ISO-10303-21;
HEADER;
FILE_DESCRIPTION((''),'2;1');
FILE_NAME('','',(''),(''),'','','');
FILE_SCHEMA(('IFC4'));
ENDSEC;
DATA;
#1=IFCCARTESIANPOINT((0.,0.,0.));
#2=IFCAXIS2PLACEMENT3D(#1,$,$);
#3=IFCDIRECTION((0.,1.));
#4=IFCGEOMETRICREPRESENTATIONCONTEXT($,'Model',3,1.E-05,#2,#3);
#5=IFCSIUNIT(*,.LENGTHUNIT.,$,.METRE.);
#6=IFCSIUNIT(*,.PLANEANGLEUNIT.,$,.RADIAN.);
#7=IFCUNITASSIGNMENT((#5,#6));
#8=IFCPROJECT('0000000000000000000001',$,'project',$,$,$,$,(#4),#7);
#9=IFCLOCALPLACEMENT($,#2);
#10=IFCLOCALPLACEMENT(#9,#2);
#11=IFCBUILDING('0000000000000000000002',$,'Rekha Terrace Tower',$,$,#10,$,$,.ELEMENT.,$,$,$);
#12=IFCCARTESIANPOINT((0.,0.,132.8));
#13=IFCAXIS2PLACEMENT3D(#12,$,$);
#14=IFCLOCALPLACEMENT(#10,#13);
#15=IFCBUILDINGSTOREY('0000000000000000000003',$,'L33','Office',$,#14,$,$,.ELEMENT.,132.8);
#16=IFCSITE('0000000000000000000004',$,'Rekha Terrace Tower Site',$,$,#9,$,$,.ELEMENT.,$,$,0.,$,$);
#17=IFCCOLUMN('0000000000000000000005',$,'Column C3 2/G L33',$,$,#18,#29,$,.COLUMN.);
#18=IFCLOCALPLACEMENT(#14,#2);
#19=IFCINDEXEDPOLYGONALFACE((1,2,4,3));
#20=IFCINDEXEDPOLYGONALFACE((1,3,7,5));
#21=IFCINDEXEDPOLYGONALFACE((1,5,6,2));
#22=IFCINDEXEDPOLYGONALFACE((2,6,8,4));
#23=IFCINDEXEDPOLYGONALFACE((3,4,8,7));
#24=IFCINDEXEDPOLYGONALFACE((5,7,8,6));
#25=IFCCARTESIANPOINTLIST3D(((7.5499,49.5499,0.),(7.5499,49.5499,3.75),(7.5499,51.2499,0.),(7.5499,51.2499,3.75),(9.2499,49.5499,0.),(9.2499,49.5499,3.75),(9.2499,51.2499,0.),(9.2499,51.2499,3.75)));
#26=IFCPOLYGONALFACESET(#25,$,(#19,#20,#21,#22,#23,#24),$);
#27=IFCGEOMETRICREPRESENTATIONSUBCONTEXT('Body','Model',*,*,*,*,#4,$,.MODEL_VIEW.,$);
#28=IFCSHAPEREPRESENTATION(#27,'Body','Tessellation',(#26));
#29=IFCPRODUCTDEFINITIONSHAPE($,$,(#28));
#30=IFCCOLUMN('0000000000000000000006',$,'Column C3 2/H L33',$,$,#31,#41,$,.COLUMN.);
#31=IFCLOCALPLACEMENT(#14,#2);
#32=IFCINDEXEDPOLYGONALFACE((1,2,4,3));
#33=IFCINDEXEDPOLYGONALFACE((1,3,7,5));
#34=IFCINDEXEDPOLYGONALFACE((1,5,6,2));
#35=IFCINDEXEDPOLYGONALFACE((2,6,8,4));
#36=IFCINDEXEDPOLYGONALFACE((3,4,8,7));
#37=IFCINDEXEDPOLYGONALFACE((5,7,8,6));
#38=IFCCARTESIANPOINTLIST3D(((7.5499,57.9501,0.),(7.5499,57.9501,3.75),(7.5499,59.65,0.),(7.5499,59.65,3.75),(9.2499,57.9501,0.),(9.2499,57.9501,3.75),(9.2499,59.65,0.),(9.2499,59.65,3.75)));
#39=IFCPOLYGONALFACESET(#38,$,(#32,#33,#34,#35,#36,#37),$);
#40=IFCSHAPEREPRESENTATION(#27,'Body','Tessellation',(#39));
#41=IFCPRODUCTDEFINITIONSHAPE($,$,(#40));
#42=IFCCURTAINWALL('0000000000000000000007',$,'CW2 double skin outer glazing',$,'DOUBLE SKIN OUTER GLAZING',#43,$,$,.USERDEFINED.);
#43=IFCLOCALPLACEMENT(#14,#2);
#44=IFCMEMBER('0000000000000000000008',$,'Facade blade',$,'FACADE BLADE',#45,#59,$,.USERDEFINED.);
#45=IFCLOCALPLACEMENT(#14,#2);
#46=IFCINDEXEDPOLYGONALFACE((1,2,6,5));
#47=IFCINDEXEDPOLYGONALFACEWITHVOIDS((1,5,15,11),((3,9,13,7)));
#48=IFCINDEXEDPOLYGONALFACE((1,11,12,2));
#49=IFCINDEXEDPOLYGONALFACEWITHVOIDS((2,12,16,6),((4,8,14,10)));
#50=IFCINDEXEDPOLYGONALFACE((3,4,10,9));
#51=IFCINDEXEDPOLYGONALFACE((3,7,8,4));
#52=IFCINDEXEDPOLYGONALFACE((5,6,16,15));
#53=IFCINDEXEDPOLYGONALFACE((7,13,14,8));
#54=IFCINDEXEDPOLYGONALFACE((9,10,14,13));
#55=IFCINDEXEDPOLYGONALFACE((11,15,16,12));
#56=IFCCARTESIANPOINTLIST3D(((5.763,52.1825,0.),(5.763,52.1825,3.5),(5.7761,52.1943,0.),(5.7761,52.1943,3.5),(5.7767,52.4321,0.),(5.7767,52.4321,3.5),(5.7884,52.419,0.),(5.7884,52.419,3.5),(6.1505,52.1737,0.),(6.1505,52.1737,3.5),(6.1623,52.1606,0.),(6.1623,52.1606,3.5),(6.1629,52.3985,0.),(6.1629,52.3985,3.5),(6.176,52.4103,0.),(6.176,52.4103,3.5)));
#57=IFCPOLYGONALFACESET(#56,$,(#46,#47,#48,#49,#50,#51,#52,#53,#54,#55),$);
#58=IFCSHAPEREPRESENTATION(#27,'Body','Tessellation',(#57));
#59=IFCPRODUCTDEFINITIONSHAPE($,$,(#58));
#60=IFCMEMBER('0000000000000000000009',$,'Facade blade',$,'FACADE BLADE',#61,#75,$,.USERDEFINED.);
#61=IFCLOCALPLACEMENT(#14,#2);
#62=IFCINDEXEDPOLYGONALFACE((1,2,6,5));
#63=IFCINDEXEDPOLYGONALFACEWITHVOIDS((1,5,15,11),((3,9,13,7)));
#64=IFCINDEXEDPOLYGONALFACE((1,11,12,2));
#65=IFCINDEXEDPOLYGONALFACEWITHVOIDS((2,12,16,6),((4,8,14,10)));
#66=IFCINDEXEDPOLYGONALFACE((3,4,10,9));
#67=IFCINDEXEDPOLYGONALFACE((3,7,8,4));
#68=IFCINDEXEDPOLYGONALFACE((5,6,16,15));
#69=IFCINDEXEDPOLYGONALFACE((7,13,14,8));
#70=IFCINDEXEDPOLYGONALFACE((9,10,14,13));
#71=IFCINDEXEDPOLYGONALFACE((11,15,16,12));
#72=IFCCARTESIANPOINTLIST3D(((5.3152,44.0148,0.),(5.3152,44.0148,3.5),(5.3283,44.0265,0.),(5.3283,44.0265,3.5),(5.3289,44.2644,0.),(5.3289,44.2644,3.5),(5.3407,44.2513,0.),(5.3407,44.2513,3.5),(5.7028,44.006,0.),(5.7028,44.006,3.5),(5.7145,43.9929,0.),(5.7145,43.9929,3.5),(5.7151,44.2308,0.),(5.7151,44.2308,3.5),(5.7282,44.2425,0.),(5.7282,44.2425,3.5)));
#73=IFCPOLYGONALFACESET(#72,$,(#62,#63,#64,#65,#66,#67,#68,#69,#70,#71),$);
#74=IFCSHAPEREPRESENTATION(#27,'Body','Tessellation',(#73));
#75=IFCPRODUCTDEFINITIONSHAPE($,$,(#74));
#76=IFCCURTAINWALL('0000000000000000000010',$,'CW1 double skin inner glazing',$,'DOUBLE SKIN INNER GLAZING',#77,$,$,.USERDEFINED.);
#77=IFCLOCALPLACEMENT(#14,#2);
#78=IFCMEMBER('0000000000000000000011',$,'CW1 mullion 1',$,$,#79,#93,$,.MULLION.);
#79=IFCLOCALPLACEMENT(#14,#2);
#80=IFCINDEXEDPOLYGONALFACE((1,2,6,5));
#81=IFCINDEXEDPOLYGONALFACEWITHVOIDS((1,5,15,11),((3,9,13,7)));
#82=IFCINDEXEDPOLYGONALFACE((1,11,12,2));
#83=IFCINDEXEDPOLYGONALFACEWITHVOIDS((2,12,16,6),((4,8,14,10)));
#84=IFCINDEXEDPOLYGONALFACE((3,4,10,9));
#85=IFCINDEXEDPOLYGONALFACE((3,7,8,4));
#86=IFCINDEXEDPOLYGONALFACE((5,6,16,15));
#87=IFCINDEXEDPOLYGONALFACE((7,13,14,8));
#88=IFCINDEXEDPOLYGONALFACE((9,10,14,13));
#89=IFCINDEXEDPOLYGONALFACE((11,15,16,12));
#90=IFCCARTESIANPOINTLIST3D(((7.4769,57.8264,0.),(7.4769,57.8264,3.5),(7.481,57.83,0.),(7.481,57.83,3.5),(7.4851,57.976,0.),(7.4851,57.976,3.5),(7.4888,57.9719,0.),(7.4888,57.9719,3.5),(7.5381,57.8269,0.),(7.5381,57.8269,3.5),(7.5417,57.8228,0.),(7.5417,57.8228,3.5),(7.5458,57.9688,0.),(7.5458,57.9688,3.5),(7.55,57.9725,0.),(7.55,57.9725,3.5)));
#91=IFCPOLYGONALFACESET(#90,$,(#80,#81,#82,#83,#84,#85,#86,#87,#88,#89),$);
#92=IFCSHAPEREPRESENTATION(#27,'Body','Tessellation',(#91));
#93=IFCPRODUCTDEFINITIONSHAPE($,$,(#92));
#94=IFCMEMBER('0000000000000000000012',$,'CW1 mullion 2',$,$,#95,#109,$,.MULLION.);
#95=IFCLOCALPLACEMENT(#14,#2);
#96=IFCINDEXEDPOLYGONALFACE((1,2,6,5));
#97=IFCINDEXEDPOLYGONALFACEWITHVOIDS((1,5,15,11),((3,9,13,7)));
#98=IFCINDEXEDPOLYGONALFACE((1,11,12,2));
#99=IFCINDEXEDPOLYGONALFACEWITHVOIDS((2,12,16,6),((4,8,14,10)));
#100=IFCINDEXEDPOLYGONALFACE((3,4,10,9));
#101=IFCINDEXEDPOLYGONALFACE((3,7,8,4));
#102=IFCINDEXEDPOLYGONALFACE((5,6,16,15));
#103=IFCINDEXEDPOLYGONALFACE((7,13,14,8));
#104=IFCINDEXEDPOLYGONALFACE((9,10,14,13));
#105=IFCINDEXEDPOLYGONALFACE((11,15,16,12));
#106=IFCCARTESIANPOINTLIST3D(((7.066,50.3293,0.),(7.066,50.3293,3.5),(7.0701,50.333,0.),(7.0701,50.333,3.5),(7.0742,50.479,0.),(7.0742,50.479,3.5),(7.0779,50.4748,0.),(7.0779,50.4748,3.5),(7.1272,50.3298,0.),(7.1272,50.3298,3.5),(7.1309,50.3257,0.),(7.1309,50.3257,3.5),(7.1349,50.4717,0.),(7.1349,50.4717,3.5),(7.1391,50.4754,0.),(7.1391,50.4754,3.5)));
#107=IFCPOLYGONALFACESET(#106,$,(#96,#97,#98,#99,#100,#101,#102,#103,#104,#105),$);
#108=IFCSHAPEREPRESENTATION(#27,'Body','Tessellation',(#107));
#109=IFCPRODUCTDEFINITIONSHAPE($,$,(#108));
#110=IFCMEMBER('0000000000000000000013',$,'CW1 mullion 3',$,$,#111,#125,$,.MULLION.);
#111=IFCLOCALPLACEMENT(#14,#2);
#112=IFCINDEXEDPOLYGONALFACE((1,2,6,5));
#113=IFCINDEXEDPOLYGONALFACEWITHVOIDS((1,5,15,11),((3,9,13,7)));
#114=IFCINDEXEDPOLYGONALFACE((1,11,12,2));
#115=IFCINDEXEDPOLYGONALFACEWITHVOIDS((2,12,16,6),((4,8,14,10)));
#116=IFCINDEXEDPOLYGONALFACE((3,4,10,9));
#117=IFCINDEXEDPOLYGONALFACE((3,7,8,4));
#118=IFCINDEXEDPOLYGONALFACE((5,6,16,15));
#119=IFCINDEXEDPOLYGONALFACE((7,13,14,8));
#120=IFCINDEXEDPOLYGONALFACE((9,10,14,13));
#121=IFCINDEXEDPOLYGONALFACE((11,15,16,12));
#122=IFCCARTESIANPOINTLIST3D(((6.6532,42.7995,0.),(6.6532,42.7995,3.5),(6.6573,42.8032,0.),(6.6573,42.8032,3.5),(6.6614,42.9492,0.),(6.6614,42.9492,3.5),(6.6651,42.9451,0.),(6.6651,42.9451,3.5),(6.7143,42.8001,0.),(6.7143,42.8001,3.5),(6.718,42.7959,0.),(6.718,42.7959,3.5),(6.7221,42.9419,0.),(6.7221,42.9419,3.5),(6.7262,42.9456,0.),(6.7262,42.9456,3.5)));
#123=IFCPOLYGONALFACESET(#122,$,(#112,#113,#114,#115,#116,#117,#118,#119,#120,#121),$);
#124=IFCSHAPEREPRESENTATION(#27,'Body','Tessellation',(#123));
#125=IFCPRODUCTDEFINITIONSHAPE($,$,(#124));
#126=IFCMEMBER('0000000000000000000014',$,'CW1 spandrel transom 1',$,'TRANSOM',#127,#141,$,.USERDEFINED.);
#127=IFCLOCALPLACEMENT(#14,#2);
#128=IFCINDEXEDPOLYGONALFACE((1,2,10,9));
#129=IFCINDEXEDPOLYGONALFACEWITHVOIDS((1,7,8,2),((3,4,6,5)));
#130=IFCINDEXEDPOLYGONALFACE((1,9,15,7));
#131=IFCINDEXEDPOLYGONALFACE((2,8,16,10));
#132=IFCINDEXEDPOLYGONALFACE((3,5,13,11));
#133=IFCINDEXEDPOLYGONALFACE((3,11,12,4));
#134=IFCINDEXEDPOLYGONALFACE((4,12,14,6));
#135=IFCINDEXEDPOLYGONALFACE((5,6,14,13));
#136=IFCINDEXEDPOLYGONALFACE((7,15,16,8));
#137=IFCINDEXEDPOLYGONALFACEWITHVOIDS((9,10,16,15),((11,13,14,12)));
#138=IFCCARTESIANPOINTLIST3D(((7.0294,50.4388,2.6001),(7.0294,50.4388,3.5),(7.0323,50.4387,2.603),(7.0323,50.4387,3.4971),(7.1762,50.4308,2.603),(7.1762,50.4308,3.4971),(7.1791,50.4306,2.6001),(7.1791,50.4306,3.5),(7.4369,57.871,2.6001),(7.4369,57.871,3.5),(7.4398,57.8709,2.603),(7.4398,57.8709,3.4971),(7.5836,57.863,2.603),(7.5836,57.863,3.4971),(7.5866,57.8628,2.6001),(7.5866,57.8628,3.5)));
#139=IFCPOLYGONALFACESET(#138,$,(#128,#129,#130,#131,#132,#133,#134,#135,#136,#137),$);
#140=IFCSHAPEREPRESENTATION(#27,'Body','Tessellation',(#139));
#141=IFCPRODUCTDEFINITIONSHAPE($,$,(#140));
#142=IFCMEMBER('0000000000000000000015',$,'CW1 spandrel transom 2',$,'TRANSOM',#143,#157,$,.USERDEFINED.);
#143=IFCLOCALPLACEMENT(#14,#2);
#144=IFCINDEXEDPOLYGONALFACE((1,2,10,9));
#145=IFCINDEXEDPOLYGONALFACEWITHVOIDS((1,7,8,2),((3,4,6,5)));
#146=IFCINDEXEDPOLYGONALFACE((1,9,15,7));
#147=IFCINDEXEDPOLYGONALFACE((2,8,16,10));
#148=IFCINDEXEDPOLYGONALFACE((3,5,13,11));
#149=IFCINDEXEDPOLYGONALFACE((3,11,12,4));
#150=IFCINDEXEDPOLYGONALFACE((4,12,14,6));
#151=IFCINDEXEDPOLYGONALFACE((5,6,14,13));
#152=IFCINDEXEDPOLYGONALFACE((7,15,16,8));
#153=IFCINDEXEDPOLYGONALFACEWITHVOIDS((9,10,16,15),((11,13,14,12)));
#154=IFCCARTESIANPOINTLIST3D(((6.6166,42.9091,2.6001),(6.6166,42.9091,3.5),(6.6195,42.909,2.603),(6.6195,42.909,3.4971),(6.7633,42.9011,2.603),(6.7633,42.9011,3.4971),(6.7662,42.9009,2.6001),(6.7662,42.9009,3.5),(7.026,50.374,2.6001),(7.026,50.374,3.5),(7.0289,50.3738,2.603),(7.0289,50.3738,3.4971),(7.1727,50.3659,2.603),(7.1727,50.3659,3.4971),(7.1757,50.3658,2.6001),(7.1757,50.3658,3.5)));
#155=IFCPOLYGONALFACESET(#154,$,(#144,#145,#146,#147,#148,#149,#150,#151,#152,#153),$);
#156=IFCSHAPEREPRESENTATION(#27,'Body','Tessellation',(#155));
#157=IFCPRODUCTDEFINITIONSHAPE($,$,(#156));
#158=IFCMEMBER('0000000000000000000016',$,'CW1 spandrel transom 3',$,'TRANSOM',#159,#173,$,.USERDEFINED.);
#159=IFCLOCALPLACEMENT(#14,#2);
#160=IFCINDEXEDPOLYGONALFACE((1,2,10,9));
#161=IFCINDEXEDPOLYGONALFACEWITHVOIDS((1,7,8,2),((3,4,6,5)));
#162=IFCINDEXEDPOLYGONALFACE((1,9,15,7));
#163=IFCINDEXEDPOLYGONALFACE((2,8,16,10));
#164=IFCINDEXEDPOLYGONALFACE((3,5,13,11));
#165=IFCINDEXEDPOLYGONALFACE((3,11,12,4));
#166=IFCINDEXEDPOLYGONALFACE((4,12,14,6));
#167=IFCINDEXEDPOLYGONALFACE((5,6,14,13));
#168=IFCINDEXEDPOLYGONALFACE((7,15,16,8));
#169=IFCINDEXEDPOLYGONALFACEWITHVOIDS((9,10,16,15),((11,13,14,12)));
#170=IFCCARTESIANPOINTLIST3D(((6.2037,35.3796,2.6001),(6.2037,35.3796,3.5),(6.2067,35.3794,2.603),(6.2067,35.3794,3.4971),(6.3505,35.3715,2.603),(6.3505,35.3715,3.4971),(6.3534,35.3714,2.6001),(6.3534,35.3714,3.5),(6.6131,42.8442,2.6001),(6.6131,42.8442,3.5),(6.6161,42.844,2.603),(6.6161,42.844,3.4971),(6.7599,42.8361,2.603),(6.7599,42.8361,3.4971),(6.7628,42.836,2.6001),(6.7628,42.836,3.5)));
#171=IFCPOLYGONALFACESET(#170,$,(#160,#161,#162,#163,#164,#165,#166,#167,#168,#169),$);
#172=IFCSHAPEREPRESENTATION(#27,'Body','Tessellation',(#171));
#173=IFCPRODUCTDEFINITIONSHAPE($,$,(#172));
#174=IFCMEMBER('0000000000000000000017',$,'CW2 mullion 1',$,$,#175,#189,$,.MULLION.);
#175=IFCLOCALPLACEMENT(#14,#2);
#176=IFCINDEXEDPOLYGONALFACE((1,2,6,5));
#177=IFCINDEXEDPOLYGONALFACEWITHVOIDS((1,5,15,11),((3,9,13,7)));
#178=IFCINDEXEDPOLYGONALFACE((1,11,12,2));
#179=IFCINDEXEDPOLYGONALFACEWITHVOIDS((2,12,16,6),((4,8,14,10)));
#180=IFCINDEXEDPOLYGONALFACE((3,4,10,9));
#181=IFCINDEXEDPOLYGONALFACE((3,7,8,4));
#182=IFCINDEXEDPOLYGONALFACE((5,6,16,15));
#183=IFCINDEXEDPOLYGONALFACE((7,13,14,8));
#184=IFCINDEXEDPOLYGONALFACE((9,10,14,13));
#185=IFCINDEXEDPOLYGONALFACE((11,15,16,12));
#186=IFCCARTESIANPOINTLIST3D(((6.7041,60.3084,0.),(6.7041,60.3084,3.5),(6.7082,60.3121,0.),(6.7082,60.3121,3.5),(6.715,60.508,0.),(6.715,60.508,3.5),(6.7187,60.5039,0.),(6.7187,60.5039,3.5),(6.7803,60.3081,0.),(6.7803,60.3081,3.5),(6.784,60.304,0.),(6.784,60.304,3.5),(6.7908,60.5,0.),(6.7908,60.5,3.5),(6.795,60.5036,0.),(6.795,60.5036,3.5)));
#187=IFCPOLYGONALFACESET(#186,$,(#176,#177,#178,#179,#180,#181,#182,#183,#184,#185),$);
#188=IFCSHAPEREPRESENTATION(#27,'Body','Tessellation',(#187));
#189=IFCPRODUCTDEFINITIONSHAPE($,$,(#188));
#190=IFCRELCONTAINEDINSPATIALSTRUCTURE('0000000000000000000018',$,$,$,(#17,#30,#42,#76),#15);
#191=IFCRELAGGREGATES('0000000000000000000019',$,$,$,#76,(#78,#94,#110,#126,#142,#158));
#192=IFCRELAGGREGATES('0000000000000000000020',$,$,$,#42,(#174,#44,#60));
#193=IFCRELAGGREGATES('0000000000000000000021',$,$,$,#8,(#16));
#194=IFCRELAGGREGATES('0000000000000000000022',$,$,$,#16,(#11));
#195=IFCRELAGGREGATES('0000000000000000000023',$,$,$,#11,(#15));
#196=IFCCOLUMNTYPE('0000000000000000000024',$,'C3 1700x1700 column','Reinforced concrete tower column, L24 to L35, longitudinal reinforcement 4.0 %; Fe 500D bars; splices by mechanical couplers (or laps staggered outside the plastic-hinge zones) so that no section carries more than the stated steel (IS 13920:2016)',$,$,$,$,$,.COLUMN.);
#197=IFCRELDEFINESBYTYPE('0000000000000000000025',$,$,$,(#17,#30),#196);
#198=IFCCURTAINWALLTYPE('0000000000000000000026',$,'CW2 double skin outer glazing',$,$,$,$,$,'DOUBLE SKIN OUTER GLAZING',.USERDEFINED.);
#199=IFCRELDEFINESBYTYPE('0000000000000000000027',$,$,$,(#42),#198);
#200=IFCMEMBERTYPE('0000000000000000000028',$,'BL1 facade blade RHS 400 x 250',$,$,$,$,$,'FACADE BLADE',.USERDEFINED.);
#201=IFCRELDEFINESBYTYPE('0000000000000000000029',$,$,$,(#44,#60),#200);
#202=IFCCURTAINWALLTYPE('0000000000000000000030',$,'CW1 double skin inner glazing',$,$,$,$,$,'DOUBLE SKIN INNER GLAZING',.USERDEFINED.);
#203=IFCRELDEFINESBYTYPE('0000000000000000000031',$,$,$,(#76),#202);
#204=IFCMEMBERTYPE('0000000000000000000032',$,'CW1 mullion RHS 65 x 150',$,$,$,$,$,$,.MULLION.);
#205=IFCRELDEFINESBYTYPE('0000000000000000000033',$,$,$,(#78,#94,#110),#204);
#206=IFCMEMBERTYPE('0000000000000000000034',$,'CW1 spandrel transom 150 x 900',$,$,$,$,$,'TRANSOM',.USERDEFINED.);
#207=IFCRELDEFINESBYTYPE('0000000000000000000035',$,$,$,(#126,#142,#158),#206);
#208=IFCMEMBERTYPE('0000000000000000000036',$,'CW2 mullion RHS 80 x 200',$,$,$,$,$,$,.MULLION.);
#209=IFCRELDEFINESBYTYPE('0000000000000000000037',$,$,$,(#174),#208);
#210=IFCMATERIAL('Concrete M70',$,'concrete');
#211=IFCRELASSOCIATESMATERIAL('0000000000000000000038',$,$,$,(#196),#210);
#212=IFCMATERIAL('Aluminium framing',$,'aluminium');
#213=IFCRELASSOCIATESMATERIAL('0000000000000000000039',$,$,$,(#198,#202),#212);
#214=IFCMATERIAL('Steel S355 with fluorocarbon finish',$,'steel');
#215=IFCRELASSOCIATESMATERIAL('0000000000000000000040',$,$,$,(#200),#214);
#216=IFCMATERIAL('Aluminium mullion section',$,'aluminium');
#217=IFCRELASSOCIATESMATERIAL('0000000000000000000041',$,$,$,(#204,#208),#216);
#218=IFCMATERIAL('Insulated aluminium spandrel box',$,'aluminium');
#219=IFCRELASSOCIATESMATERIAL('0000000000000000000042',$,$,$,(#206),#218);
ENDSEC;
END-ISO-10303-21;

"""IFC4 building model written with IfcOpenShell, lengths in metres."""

from ifc_helpers import new_model, si_unit, direction, frame, origin, origin_2d, place, context, subcontext, project, spatial, rectangle, hollow_rectangle, extrude, material, material_profile, profile_set, type_object, element, aggregate, save


model = new_model("IFC4")

# Units and contexts
model_context = context("Model", 3, precision=1e-05, world=origin(), true_north=direction((0.0, 1.0)))
body_context = subcontext(model_context, "Body", "Model", "MODEL_VIEW")
ifc_project = project(units=[si_unit("LENGTHUNIT", "METRE"), si_unit("PLANEANGLEUNIT", "RADIAN")], contexts=[model_context])

# Site, building, storey
site_placement = place(None, origin())
site = spatial("IfcSite", under=ifc_project, at=site_placement, Name="Rekha Terrace Tower Site", CompositionType="ELEMENT", RefElevation=0.0)
building_placement = place(site_placement, origin())
building = spatial("IfcBuilding", under=site, at=building_placement, Name="Rekha Terrace Tower", CompositionType="ELEMENT")
storey_placement = place(building_placement, frame((0.0, 0.0, 132.8)))
storey = spatial("IfcBuildingStorey", under=building, at=storey_placement, Name="L33", Description="Office", CompositionType="ELEMENT", Elevation=132.8)

# Columns
ifc_material_1 = material(Name="Concrete M70", Category="concrete")
ifc_material_profile_1 = material_profile(ifc_material_1, rectangle(XDim=1.7, YDim=1.7, at=origin_2d()), Name="RC 1700x1700")
ifc_profile_set_1 = profile_set([ifc_material_profile_1], Name="Concrete M70")
column_type = type_object("IfcColumnType", Name="C3 1700x1700 column", Description="Reinforced concrete tower column, L24 to L35, longitudinal reinforcement 4.0 %; Fe 500D bars; splices by mechanical couplers (or laps staggered outside the plastic-hinge zones) so that no section carries more than the stated steel (IS 13920:2016)", PredefinedType="COLUMN", material=ifc_profile_set_1)
for number, where, z_axis, x_axis, name in (
    (1, (8.3999, 50.3999, 0.0), (0.0, 0.0, 1.0), (1.0, 0.0, 0.0), "Column C3 2/G L33"),
    (2, (8.3999, 58.8, 0.0), (0.0, 0.0, 1.0), (1.0, 0.0, 0.0), "Column C3 2/H L33"),
):
    element("IfcColumn", number, at=place(storey_placement, frame(where, z_axis=z_axis, x_axis=x_axis)), inside=storey, type_object=column_type, Name=name, PredefinedType="COLUMN", context=body_context, shape_type="SweptSolid", body=[
        extrude(rectangle(XDim=1.7, YDim=1.7, at=origin_2d()), origin(), (0.0, 0.0, 1.0), 3.75),
    ])

# Curtain walls, members
ifc_material_2 = material(Name="Aluminium framing", Category="aluminium")
curtain_wall_type_1 = type_object("IfcCurtainWallType", Name="CW2 double skin outer glazing", ElementType="DOUBLE SKIN OUTER GLAZING", PredefinedType="USERDEFINED", material=ifc_material_2)
curtain_wall_1_placement = place(storey_placement, origin())
curtain_wall_1 = element("IfcCurtainWall", 3, at=curtain_wall_1_placement, inside=storey, type_object=curtain_wall_type_1, Name="CW2 double skin outer glazing", ObjectType="DOUBLE SKIN OUTER GLAZING", PredefinedType="USERDEFINED")
ifc_material_3 = material(Name="Steel S355 with fluorocarbon finish", Category="steel")
ifc_material_profile_2 = material_profile(ifc_material_3, hollow_rectangle(XDim=0.25, YDim=0.3999, WallThickness=0.0125, at=origin_2d()), Name="RHS400x250x12.5")
ifc_profile_set_2 = profile_set([ifc_material_profile_2], Name="Steel S355 with fluorocarbon finish")
member_type_1 = type_object("IfcMemberType", Name="BL1 facade blade RHS 400 x 250", ElementType="FACADE BLADE", PredefinedType="USERDEFINED", material=ifc_profile_set_2)
member_1_placement = place(storey_placement, frame((5.9695, 52.2964, 0.0), z_axis=(0.0, 0.0, 1.0), x_axis=(-0.054743, -0.9985, 0.0)))
member_1 = element("IfcMember", 4, at=member_1_placement, type_object=member_type_1, Name="Facade blade", ObjectType="FACADE BLADE", PredefinedType="USERDEFINED", context=body_context, shape_type="SweptSolid", body=[
    extrude(hollow_rectangle(XDim=0.25, YDim=0.3999, WallThickness=0.0125, at=origin_2d()), origin(), (0.0, 0.0, 1.0), 3.5),
])
member_2_placement = place(storey_placement, frame((5.5217, 44.1287, 0.0), z_axis=(0.0, 0.0, 1.0), x_axis=(-0.054743, -0.9985, 0.0)))
member_2 = element("IfcMember", 5, at=member_2_placement, type_object=member_type_1, Name="Facade blade", ObjectType="FACADE BLADE", PredefinedType="USERDEFINED", context=body_context, shape_type="SweptSolid", body=[
    extrude(hollow_rectangle(XDim=0.25, YDim=0.3999, WallThickness=0.0125, at=origin_2d()), origin(), (0.0, 0.0, 1.0), 3.5),
])
curtain_wall_type_2 = type_object("IfcCurtainWallType", Name="CW1 double skin inner glazing", ElementType="DOUBLE SKIN INNER GLAZING", PredefinedType="USERDEFINED", material=ifc_material_2)
curtain_wall_2_placement = place(storey_placement, origin())
curtain_wall_2 = element("IfcCurtainWall", 6, at=curtain_wall_2_placement, inside=storey, type_object=curtain_wall_type_2, Name="CW1 double skin inner glazing", ObjectType="DOUBLE SKIN INNER GLAZING", PredefinedType="USERDEFINED")
ifc_material_4 = material(Name="Aluminium mullion section", Category="aluminium")
ifc_material_profile_3 = material_profile(ifc_material_4, hollow_rectangle(XDim=0.0649, YDim=0.1499, WallThickness=0.0039, at=origin_2d()), Name="AL RHS 65x150")
ifc_profile_set_3 = profile_set([ifc_material_profile_3], Name="Aluminium mullion section")
member_type_2 = type_object("IfcMemberType", Name="CW1 mullion RHS 65 x 150", PredefinedType="MULLION", material=ifc_profile_set_3)
member_3_placement = place(storey_placement, frame((7.5134, 57.8994, 0.0), z_axis=(0.0, 0.0, 1.0), x_axis=(0.998501, -0.054742, 0.0)))
member_3 = element("IfcMember", 7, at=member_3_placement, type_object=member_type_2, Name="CW1 mullion 1", PredefinedType="MULLION", context=body_context, shape_type="SweptSolid", body=[
    extrude(hollow_rectangle(XDim=0.0649, YDim=0.1499, WallThickness=0.0039, at=origin_2d()), origin(), (0.0, 0.0, 1.0), 3.5),
])
member_4_placement = place(storey_placement, frame((7.1025, 50.4023, 0.0), z_axis=(0.0, 0.0, 1.0), x_axis=(0.998501, -0.054742, 0.0)))
member_4 = element("IfcMember", 8, at=member_4_placement, type_object=member_type_2, Name="CW1 mullion 2", PredefinedType="MULLION", context=body_context, shape_type="SweptSolid", body=[
    extrude(hollow_rectangle(XDim=0.0649, YDim=0.1499, WallThickness=0.0039, at=origin_2d()), origin(), (0.0, 0.0, 1.0), 3.5),
])
member_5_placement = place(storey_placement, frame((6.6897, 42.8726, 0.0), z_axis=(0.0, 0.0, 1.0), x_axis=(0.998501, -0.054742, 0.0)))
member_5 = element("IfcMember", 9, at=member_5_placement, type_object=member_type_2, Name="CW1 mullion 3", PredefinedType="MULLION", context=body_context, shape_type="SweptSolid", body=[
    extrude(hollow_rectangle(XDim=0.0649, YDim=0.1499, WallThickness=0.0039, at=origin_2d()), origin(), (0.0, 0.0, 1.0), 3.5),
])
ifc_material_5 = material(Name="Insulated aluminium spandrel box", Category="aluminium")
ifc_material_profile_4 = material_profile(ifc_material_5, hollow_rectangle(XDim=0.1499, YDim=0.8999, WallThickness=0.0029, at=origin_2d()), Name="AL SPANDREL BOX 150x900")
ifc_profile_set_4 = profile_set([ifc_material_profile_4], Name="Insulated aluminium spandrel box")
member_type_3 = type_object("IfcMemberType", Name="CW1 spandrel transom 150 x 900", ElementType="TRANSOM", PredefinedType="USERDEFINED", material=ifc_profile_set_4)
member_6_placement = place(storey_placement, frame((7.5117, 57.8669, 3.05), z_axis=(-0.054743, -0.9985, 0.0), x_axis=(0.9985, -0.054743, 0.0)))
member_6 = element("IfcMember", 10, at=member_6_placement, type_object=member_type_3, Name="CW1 spandrel transom 1", ObjectType="TRANSOM", PredefinedType="USERDEFINED", context=body_context, shape_type="SweptSolid", body=[
    extrude(hollow_rectangle(XDim=0.1499, YDim=0.8999, WallThickness=0.0029, at=origin_2d()), origin(), (0.0, 0.0, 1.0), 7.4434),
])
member_7_placement = place(storey_placement, frame((7.1008, 50.3699, 3.05), z_axis=(-0.054765, -0.998499, 0.0), x_axis=(0.998499, -0.054765, 0.0)))
member_7 = element("IfcMember", 11, at=member_7_placement, type_object=member_type_3, Name="CW1 spandrel transom 2", ObjectType="TRANSOM", PredefinedType="USERDEFINED", context=body_context, shape_type="SweptSolid", body=[
    extrude(hollow_rectangle(XDim=0.1499, YDim=0.8999, WallThickness=0.0029, at=origin_2d()), origin(), (0.0, 0.0, 1.0), 7.4761),
])
member_8_placement = place(storey_placement, frame((6.688, 42.8401, 3.05), z_axis=(-0.054766, -0.998499, 0.0), x_axis=(0.998499, -0.054766, 0.0)))
member_8 = element("IfcMember", 12, at=member_8_placement, type_object=member_type_3, Name="CW1 spandrel transom 3", ObjectType="TRANSOM", PredefinedType="USERDEFINED", context=body_context, shape_type="SweptSolid", body=[
    extrude(hollow_rectangle(XDim=0.1499, YDim=0.8999, WallThickness=0.0029, at=origin_2d()), origin(), (0.0, 0.0, 1.0), 7.4758),
])

# Member
ifc_material_profile_5 = material_profile(ifc_material_4, hollow_rectangle(XDim=0.0801, YDim=0.2, WallThickness=0.0039, at=origin_2d()), Name="AL RHS 80x200")
ifc_profile_set_5 = profile_set([ifc_material_profile_5], Name="Aluminium mullion section")
member_type_4 = type_object("IfcMemberType", Name="CW2 mullion RHS 80 x 200", PredefinedType="MULLION", material=ifc_profile_set_5)
member_9_placement = place(storey_placement, frame((6.7495, 60.406, 0.0), z_axis=(0.0, 0.0, 1.0), x_axis=(0.998501, -0.054742, 0.0)))
member_9 = element("IfcMember", 13, at=member_9_placement, type_object=member_type_4, Name="CW2 mullion 1", PredefinedType="MULLION", context=body_context, shape_type="SweptSolid", body=[
    extrude(hollow_rectangle(XDim=0.0801, YDim=0.2, WallThickness=0.0039, at=origin_2d()), origin(), (0.0, 0.0, 1.0), 3.5),
])

aggregate(curtain_wall_2, [member_3, member_4, member_5, member_6, member_7, member_8])
aggregate(curtain_wall_1, [member_9, member_1, member_2])

save(model, "model.ifc")
